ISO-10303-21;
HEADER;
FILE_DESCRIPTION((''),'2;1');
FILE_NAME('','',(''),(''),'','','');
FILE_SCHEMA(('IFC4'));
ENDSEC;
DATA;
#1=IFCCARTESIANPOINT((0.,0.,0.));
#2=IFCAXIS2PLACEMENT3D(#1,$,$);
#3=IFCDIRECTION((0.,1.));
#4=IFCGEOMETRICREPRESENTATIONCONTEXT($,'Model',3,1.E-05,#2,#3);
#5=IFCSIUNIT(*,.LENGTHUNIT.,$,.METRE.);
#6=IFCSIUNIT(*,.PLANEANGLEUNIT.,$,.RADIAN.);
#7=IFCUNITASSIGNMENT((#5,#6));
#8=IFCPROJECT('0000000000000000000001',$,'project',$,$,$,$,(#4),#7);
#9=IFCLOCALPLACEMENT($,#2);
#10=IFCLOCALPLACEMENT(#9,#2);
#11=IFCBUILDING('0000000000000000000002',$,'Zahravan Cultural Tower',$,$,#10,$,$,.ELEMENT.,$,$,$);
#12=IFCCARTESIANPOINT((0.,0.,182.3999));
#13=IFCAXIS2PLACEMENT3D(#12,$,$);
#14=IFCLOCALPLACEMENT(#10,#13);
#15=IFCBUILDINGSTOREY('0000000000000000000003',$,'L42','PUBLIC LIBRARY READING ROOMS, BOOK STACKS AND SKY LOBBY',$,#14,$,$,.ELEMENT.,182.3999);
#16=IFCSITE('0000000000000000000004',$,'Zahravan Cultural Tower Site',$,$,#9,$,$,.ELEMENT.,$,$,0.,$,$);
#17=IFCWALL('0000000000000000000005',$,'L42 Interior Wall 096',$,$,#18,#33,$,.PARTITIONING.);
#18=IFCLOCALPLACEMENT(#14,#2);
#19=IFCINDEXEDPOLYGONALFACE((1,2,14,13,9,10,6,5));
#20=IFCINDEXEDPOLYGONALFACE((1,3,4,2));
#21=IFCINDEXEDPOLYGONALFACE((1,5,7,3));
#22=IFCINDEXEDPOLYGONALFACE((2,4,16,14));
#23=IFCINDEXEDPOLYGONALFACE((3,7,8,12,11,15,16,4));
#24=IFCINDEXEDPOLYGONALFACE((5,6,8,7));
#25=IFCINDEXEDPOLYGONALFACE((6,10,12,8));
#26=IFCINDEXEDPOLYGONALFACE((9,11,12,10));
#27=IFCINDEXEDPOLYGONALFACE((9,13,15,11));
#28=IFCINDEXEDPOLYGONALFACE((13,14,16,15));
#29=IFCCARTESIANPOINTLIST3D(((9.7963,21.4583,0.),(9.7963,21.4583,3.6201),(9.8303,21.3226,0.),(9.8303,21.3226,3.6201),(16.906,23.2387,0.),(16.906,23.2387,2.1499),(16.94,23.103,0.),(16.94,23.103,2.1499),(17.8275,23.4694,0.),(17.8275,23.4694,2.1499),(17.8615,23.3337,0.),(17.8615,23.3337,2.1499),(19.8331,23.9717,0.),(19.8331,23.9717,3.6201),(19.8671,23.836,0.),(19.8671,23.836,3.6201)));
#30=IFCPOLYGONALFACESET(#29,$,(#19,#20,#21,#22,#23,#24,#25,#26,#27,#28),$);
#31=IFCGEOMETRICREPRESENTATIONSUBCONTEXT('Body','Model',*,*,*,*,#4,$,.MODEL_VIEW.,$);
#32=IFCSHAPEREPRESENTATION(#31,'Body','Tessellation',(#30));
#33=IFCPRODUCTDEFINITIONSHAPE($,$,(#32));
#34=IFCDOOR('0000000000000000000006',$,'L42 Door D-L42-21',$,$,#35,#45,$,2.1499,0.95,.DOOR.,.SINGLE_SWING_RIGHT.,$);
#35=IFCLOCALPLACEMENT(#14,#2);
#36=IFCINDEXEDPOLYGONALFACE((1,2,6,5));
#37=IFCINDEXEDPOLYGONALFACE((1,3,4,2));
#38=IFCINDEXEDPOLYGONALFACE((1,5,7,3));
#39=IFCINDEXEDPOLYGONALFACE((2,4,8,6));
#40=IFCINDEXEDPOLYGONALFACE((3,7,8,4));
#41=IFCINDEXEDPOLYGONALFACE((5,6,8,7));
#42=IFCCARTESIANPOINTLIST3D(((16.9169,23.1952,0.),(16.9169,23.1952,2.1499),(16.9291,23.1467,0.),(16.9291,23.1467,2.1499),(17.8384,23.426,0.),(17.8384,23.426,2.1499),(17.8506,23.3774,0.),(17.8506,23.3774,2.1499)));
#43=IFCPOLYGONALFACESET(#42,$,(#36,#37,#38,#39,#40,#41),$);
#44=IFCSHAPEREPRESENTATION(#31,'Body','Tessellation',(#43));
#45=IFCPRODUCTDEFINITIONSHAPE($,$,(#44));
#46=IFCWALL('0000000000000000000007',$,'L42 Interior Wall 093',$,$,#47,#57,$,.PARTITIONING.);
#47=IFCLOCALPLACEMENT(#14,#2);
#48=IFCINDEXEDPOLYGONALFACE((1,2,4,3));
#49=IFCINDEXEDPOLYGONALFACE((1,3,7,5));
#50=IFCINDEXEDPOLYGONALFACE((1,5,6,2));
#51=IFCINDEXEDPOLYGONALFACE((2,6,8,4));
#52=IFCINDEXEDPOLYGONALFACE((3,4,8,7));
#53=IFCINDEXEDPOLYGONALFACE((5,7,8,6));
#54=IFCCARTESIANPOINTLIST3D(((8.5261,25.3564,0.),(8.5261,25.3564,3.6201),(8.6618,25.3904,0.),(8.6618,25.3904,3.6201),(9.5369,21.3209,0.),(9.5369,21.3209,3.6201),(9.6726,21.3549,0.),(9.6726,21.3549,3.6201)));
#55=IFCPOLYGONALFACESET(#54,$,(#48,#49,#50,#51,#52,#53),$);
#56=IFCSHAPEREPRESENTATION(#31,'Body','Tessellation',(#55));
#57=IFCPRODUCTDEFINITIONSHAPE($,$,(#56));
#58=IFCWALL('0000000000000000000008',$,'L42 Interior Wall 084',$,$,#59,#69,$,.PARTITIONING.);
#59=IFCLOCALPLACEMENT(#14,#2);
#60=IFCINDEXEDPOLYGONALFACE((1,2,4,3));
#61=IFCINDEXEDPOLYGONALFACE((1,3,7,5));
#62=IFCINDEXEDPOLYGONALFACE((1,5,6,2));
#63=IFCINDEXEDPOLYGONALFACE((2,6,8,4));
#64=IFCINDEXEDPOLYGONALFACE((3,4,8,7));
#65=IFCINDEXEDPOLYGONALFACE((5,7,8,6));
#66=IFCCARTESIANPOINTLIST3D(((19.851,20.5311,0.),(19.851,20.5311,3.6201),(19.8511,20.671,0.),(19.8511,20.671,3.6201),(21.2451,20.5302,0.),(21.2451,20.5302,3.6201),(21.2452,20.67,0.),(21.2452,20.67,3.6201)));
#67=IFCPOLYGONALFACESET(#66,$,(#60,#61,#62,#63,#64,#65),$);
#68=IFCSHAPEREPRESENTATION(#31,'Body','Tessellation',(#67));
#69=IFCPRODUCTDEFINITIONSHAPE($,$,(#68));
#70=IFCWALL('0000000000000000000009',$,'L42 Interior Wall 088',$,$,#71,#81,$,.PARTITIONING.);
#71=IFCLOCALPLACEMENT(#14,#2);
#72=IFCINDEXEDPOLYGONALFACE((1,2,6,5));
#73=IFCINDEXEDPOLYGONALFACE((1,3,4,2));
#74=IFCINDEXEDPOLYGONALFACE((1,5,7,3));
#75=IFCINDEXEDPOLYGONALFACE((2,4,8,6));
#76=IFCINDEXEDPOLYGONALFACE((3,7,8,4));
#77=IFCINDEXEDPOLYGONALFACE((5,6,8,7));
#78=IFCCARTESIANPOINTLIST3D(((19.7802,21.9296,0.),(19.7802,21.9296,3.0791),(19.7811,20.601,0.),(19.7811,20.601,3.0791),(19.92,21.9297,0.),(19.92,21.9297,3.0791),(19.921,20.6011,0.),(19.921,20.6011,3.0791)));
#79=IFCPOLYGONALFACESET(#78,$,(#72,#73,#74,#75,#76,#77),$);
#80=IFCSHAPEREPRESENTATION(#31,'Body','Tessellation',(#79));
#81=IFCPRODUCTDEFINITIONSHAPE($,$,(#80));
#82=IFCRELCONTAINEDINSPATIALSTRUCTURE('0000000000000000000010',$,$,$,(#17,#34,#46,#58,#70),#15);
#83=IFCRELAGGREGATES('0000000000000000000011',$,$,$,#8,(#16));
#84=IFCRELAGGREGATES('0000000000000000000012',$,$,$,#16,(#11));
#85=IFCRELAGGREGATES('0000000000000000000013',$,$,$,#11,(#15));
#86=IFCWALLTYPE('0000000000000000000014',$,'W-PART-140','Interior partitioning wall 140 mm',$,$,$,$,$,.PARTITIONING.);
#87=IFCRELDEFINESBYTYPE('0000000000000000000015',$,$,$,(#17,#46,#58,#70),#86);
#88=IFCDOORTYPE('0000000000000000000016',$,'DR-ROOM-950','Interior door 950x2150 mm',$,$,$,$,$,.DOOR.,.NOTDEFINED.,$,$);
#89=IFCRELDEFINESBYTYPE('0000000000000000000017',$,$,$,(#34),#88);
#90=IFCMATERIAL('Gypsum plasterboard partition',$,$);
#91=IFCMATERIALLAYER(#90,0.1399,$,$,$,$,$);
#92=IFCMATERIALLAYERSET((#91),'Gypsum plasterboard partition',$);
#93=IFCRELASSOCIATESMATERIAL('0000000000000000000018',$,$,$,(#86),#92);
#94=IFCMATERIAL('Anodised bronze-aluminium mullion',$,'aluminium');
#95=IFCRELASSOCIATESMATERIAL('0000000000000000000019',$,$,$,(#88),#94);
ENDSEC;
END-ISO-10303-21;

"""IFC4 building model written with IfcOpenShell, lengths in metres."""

from ifc_helpers import new_model, si_unit, direction, frame, frame_2d, origin, place, context, subcontext, project, spatial, rectangle, extrude, source, transform, mapped, material, layer, layer_set, type_object, element, fill, save


model = new_model("IFC4")

# Units and contexts
model_context = context("Model", 3, precision=1e-05, world=origin(), true_north=direction((0.0, 1.0)))
body_context = subcontext(model_context, "Body", "Model", "MODEL_VIEW")
ifc_project = project(units=[si_unit("LENGTHUNIT", "METRE"), si_unit("PLANEANGLEUNIT", "RADIAN")], contexts=[model_context])

# Site, building, storey
site_placement = place(None, origin())
site = spatial("IfcSite", under=ifc_project, at=site_placement, Name="Zahravan Cultural Tower Site", CompositionType="ELEMENT", RefElevation=0.0)
building_placement = place(site_placement, origin())
building = spatial("IfcBuilding", under=site, at=building_placement, Name="Zahravan Cultural Tower", CompositionType="ELEMENT")
storey_placement = place(building_placement, frame((0.0, 0.0, 182.3999)))
storey = spatial("IfcBuildingStorey", under=building, at=storey_placement, Name="L42", Description="PUBLIC LIBRARY READING ROOMS, BOOK STACKS AND SKY LOBBY", CompositionType="ELEMENT", Elevation=182.3999)

# Shared definitions
ifc_material_1 = material(Name="Anodised bronze-aluminium mullion", Category="aluminium")

# Wall, opening, door
ifc_material_2 = material(Name="Gypsum plasterboard partition")
ifc_layer_1 = layer(ifc_material_2, 0.1399)
ifc_layer_set_1 = layer_set([ifc_layer_1], Name="Gypsum plasterboard partition")
wall_type = type_object("IfcWallType", Name="W-PART-140", Description="Interior partitioning wall 140 mm", PredefinedType="PARTITIONING", material=ifc_layer_set_1)
door_type = type_object("IfcDoorType", Name="DR-ROOM-950", Description="Interior door 950x2150 mm", OperationType="NOTDEFINED", PredefinedType="DOOR", material=ifc_material_1)
shared_shape_1 = source(origin(), body_context, "Body", "SweptSolid", [
    extrude(rectangle(XDim=0.95, YDim=2.1499, at=frame_2d((0.4751, 1.075))), frame((0.0, 0.0249, 0.0), z_axis=(0.0, -1.0, 0.0), x_axis=(1.0, 0.0, 0.0)), (0.0, 0.0, 1.0), 0.05),
])
wall_1_placement = place(storey_placement, frame((19.8501, 23.9038, 0.0), z_axis=(0.0, 0.0, 1.0), x_axis=(-0.970047, -0.242919, 0.0)))
wall_1 = element("IfcWall", 1, at=wall_1_placement, inside=storey, type_object=wall_type, Name="L42 Interior Wall 096", PredefinedType="PARTITIONING", context=body_context, shape_type="SweptSolid", body=[
    extrude(rectangle(XDim=10.3467, YDim=0.1399, at=frame_2d((5.1733, 0.0))), origin(), (0.0, 0.0, 1.0), 3.6201),
])
opening_1_placement = place(wall_1_placement, frame((2.0674, 0.0, 0.0)))
opening_1 = element("IfcOpeningElement", 2, at=opening_1_placement, cuts=wall_1, PredefinedType="OPENING", context=body_context, shape_type="SweptSolid", body=[
    extrude(rectangle(XDim=0.95, YDim=2.1499, at=frame_2d((0.4751, 1.075))), frame((0.0, 0.0798, 0.0), z_axis=(0.0, -1.0, 0.0), x_axis=(1.0, 0.0, 0.0)), (0.0, 0.0, 1.0), 0.1599),
])
door_1_placement = place(opening_1_placement, origin())
door_1 = element("IfcDoor", 3, at=door_1_placement, inside=storey, type_object=door_type, Name="L42 Door D-L42-21", OperationType="SINGLE_SWING_RIGHT", OverallHeight=2.1499, OverallWidth=0.95, PredefinedType="DOOR", context=body_context, shape_type="MappedRepresentation", body=[
    mapped(shared_shape_1, transform((0.0, 0.0, 0.0), x_axis=(1.0, 0.0, 0.0), y_axis=(0.0, 1.0, 0.0), z_axis=(0.0, 0.0, 1.0), scale=1.0)),
])
fill(opening_1, door_1)

# Walls
shared_shape_2 = source(origin(), body_context, "Body", "SweptSolid", [
    extrude(rectangle(XDim=4.1602, YDim=0.1399, at=frame_2d((2.0801, 0.0))), origin(), (0.0, 0.0, 1.0), 3.6201),
])
wall_2_placement = place(storey_placement, frame((9.6047, 21.3379, 0.0), z_axis=(0.0, 0.0, 1.0), x_axis=(-0.242964, 0.970035, 0.0)))
element("IfcWall", 4, at=wall_2_placement, inside=storey, type_object=wall_type, Name="L42 Interior Wall 093", PredefinedType="PARTITIONING", context=body_context, shape_type="MappedRepresentation", body=[
    mapped(shared_shape_2, transform((0.0, 0.0, 0.0), x_axis=(1.0, 0.0, 0.0), y_axis=(0.0, 1.0, 0.0), z_axis=(0.0, 0.0, 1.0), scale=1.0)),
])
shared_shape_3 = source(origin(), body_context, "Body", "SweptSolid", [
    extrude(rectangle(XDim=1.394, YDim=0.1399, at=frame_2d((0.697, 0.0))), origin(), (0.0, 0.0, 1.0), 3.6201),
])
wall_3_placement = place(storey_placement, frame((19.8511, 20.6011, 0.0), z_axis=(0.0, 0.0, 1.0), x_axis=(1.0, -0.000701, 0.0)))
element("IfcWall", 5, at=wall_3_placement, inside=storey, type_object=wall_type, Name="L42 Interior Wall 084", PredefinedType="PARTITIONING", context=body_context, shape_type="MappedRepresentation", body=[
    mapped(shared_shape_3, transform((0.0, 0.0, 0.0), x_axis=(1.0, 0.0, 0.0), y_axis=(0.0, 1.0, 0.0), z_axis=(0.0, 0.0, 1.0), scale=1.0)),
])
shared_shape_4 = source(origin(), body_context, "Body", "SweptSolid", [
    extrude(rectangle(XDim=1.3286, YDim=0.1399, at=frame_2d((0.6643, 0.0))), origin(), (0.0, 0.0, 1.0), 3.0791),
])
wall_4_placement = place(storey_placement, frame((19.8501, 21.9297, 0.0), z_axis=(0.0, 0.0, 1.0), x_axis=(0.000735, -1.0, 0.0)))
element("IfcWall", 6, at=wall_4_placement, inside=storey, type_object=wall_type, Name="L42 Interior Wall 088", PredefinedType="PARTITIONING", context=body_context, shape_type="MappedRepresentation", body=[
    mapped(shared_shape_4, transform((0.0, 0.0, 0.0), x_axis=(1.0, 0.0, 0.0), y_axis=(0.0, 1.0, 0.0), z_axis=(0.0, 0.0, 1.0), scale=1.0)),
])

save(model, "model.ifc")
